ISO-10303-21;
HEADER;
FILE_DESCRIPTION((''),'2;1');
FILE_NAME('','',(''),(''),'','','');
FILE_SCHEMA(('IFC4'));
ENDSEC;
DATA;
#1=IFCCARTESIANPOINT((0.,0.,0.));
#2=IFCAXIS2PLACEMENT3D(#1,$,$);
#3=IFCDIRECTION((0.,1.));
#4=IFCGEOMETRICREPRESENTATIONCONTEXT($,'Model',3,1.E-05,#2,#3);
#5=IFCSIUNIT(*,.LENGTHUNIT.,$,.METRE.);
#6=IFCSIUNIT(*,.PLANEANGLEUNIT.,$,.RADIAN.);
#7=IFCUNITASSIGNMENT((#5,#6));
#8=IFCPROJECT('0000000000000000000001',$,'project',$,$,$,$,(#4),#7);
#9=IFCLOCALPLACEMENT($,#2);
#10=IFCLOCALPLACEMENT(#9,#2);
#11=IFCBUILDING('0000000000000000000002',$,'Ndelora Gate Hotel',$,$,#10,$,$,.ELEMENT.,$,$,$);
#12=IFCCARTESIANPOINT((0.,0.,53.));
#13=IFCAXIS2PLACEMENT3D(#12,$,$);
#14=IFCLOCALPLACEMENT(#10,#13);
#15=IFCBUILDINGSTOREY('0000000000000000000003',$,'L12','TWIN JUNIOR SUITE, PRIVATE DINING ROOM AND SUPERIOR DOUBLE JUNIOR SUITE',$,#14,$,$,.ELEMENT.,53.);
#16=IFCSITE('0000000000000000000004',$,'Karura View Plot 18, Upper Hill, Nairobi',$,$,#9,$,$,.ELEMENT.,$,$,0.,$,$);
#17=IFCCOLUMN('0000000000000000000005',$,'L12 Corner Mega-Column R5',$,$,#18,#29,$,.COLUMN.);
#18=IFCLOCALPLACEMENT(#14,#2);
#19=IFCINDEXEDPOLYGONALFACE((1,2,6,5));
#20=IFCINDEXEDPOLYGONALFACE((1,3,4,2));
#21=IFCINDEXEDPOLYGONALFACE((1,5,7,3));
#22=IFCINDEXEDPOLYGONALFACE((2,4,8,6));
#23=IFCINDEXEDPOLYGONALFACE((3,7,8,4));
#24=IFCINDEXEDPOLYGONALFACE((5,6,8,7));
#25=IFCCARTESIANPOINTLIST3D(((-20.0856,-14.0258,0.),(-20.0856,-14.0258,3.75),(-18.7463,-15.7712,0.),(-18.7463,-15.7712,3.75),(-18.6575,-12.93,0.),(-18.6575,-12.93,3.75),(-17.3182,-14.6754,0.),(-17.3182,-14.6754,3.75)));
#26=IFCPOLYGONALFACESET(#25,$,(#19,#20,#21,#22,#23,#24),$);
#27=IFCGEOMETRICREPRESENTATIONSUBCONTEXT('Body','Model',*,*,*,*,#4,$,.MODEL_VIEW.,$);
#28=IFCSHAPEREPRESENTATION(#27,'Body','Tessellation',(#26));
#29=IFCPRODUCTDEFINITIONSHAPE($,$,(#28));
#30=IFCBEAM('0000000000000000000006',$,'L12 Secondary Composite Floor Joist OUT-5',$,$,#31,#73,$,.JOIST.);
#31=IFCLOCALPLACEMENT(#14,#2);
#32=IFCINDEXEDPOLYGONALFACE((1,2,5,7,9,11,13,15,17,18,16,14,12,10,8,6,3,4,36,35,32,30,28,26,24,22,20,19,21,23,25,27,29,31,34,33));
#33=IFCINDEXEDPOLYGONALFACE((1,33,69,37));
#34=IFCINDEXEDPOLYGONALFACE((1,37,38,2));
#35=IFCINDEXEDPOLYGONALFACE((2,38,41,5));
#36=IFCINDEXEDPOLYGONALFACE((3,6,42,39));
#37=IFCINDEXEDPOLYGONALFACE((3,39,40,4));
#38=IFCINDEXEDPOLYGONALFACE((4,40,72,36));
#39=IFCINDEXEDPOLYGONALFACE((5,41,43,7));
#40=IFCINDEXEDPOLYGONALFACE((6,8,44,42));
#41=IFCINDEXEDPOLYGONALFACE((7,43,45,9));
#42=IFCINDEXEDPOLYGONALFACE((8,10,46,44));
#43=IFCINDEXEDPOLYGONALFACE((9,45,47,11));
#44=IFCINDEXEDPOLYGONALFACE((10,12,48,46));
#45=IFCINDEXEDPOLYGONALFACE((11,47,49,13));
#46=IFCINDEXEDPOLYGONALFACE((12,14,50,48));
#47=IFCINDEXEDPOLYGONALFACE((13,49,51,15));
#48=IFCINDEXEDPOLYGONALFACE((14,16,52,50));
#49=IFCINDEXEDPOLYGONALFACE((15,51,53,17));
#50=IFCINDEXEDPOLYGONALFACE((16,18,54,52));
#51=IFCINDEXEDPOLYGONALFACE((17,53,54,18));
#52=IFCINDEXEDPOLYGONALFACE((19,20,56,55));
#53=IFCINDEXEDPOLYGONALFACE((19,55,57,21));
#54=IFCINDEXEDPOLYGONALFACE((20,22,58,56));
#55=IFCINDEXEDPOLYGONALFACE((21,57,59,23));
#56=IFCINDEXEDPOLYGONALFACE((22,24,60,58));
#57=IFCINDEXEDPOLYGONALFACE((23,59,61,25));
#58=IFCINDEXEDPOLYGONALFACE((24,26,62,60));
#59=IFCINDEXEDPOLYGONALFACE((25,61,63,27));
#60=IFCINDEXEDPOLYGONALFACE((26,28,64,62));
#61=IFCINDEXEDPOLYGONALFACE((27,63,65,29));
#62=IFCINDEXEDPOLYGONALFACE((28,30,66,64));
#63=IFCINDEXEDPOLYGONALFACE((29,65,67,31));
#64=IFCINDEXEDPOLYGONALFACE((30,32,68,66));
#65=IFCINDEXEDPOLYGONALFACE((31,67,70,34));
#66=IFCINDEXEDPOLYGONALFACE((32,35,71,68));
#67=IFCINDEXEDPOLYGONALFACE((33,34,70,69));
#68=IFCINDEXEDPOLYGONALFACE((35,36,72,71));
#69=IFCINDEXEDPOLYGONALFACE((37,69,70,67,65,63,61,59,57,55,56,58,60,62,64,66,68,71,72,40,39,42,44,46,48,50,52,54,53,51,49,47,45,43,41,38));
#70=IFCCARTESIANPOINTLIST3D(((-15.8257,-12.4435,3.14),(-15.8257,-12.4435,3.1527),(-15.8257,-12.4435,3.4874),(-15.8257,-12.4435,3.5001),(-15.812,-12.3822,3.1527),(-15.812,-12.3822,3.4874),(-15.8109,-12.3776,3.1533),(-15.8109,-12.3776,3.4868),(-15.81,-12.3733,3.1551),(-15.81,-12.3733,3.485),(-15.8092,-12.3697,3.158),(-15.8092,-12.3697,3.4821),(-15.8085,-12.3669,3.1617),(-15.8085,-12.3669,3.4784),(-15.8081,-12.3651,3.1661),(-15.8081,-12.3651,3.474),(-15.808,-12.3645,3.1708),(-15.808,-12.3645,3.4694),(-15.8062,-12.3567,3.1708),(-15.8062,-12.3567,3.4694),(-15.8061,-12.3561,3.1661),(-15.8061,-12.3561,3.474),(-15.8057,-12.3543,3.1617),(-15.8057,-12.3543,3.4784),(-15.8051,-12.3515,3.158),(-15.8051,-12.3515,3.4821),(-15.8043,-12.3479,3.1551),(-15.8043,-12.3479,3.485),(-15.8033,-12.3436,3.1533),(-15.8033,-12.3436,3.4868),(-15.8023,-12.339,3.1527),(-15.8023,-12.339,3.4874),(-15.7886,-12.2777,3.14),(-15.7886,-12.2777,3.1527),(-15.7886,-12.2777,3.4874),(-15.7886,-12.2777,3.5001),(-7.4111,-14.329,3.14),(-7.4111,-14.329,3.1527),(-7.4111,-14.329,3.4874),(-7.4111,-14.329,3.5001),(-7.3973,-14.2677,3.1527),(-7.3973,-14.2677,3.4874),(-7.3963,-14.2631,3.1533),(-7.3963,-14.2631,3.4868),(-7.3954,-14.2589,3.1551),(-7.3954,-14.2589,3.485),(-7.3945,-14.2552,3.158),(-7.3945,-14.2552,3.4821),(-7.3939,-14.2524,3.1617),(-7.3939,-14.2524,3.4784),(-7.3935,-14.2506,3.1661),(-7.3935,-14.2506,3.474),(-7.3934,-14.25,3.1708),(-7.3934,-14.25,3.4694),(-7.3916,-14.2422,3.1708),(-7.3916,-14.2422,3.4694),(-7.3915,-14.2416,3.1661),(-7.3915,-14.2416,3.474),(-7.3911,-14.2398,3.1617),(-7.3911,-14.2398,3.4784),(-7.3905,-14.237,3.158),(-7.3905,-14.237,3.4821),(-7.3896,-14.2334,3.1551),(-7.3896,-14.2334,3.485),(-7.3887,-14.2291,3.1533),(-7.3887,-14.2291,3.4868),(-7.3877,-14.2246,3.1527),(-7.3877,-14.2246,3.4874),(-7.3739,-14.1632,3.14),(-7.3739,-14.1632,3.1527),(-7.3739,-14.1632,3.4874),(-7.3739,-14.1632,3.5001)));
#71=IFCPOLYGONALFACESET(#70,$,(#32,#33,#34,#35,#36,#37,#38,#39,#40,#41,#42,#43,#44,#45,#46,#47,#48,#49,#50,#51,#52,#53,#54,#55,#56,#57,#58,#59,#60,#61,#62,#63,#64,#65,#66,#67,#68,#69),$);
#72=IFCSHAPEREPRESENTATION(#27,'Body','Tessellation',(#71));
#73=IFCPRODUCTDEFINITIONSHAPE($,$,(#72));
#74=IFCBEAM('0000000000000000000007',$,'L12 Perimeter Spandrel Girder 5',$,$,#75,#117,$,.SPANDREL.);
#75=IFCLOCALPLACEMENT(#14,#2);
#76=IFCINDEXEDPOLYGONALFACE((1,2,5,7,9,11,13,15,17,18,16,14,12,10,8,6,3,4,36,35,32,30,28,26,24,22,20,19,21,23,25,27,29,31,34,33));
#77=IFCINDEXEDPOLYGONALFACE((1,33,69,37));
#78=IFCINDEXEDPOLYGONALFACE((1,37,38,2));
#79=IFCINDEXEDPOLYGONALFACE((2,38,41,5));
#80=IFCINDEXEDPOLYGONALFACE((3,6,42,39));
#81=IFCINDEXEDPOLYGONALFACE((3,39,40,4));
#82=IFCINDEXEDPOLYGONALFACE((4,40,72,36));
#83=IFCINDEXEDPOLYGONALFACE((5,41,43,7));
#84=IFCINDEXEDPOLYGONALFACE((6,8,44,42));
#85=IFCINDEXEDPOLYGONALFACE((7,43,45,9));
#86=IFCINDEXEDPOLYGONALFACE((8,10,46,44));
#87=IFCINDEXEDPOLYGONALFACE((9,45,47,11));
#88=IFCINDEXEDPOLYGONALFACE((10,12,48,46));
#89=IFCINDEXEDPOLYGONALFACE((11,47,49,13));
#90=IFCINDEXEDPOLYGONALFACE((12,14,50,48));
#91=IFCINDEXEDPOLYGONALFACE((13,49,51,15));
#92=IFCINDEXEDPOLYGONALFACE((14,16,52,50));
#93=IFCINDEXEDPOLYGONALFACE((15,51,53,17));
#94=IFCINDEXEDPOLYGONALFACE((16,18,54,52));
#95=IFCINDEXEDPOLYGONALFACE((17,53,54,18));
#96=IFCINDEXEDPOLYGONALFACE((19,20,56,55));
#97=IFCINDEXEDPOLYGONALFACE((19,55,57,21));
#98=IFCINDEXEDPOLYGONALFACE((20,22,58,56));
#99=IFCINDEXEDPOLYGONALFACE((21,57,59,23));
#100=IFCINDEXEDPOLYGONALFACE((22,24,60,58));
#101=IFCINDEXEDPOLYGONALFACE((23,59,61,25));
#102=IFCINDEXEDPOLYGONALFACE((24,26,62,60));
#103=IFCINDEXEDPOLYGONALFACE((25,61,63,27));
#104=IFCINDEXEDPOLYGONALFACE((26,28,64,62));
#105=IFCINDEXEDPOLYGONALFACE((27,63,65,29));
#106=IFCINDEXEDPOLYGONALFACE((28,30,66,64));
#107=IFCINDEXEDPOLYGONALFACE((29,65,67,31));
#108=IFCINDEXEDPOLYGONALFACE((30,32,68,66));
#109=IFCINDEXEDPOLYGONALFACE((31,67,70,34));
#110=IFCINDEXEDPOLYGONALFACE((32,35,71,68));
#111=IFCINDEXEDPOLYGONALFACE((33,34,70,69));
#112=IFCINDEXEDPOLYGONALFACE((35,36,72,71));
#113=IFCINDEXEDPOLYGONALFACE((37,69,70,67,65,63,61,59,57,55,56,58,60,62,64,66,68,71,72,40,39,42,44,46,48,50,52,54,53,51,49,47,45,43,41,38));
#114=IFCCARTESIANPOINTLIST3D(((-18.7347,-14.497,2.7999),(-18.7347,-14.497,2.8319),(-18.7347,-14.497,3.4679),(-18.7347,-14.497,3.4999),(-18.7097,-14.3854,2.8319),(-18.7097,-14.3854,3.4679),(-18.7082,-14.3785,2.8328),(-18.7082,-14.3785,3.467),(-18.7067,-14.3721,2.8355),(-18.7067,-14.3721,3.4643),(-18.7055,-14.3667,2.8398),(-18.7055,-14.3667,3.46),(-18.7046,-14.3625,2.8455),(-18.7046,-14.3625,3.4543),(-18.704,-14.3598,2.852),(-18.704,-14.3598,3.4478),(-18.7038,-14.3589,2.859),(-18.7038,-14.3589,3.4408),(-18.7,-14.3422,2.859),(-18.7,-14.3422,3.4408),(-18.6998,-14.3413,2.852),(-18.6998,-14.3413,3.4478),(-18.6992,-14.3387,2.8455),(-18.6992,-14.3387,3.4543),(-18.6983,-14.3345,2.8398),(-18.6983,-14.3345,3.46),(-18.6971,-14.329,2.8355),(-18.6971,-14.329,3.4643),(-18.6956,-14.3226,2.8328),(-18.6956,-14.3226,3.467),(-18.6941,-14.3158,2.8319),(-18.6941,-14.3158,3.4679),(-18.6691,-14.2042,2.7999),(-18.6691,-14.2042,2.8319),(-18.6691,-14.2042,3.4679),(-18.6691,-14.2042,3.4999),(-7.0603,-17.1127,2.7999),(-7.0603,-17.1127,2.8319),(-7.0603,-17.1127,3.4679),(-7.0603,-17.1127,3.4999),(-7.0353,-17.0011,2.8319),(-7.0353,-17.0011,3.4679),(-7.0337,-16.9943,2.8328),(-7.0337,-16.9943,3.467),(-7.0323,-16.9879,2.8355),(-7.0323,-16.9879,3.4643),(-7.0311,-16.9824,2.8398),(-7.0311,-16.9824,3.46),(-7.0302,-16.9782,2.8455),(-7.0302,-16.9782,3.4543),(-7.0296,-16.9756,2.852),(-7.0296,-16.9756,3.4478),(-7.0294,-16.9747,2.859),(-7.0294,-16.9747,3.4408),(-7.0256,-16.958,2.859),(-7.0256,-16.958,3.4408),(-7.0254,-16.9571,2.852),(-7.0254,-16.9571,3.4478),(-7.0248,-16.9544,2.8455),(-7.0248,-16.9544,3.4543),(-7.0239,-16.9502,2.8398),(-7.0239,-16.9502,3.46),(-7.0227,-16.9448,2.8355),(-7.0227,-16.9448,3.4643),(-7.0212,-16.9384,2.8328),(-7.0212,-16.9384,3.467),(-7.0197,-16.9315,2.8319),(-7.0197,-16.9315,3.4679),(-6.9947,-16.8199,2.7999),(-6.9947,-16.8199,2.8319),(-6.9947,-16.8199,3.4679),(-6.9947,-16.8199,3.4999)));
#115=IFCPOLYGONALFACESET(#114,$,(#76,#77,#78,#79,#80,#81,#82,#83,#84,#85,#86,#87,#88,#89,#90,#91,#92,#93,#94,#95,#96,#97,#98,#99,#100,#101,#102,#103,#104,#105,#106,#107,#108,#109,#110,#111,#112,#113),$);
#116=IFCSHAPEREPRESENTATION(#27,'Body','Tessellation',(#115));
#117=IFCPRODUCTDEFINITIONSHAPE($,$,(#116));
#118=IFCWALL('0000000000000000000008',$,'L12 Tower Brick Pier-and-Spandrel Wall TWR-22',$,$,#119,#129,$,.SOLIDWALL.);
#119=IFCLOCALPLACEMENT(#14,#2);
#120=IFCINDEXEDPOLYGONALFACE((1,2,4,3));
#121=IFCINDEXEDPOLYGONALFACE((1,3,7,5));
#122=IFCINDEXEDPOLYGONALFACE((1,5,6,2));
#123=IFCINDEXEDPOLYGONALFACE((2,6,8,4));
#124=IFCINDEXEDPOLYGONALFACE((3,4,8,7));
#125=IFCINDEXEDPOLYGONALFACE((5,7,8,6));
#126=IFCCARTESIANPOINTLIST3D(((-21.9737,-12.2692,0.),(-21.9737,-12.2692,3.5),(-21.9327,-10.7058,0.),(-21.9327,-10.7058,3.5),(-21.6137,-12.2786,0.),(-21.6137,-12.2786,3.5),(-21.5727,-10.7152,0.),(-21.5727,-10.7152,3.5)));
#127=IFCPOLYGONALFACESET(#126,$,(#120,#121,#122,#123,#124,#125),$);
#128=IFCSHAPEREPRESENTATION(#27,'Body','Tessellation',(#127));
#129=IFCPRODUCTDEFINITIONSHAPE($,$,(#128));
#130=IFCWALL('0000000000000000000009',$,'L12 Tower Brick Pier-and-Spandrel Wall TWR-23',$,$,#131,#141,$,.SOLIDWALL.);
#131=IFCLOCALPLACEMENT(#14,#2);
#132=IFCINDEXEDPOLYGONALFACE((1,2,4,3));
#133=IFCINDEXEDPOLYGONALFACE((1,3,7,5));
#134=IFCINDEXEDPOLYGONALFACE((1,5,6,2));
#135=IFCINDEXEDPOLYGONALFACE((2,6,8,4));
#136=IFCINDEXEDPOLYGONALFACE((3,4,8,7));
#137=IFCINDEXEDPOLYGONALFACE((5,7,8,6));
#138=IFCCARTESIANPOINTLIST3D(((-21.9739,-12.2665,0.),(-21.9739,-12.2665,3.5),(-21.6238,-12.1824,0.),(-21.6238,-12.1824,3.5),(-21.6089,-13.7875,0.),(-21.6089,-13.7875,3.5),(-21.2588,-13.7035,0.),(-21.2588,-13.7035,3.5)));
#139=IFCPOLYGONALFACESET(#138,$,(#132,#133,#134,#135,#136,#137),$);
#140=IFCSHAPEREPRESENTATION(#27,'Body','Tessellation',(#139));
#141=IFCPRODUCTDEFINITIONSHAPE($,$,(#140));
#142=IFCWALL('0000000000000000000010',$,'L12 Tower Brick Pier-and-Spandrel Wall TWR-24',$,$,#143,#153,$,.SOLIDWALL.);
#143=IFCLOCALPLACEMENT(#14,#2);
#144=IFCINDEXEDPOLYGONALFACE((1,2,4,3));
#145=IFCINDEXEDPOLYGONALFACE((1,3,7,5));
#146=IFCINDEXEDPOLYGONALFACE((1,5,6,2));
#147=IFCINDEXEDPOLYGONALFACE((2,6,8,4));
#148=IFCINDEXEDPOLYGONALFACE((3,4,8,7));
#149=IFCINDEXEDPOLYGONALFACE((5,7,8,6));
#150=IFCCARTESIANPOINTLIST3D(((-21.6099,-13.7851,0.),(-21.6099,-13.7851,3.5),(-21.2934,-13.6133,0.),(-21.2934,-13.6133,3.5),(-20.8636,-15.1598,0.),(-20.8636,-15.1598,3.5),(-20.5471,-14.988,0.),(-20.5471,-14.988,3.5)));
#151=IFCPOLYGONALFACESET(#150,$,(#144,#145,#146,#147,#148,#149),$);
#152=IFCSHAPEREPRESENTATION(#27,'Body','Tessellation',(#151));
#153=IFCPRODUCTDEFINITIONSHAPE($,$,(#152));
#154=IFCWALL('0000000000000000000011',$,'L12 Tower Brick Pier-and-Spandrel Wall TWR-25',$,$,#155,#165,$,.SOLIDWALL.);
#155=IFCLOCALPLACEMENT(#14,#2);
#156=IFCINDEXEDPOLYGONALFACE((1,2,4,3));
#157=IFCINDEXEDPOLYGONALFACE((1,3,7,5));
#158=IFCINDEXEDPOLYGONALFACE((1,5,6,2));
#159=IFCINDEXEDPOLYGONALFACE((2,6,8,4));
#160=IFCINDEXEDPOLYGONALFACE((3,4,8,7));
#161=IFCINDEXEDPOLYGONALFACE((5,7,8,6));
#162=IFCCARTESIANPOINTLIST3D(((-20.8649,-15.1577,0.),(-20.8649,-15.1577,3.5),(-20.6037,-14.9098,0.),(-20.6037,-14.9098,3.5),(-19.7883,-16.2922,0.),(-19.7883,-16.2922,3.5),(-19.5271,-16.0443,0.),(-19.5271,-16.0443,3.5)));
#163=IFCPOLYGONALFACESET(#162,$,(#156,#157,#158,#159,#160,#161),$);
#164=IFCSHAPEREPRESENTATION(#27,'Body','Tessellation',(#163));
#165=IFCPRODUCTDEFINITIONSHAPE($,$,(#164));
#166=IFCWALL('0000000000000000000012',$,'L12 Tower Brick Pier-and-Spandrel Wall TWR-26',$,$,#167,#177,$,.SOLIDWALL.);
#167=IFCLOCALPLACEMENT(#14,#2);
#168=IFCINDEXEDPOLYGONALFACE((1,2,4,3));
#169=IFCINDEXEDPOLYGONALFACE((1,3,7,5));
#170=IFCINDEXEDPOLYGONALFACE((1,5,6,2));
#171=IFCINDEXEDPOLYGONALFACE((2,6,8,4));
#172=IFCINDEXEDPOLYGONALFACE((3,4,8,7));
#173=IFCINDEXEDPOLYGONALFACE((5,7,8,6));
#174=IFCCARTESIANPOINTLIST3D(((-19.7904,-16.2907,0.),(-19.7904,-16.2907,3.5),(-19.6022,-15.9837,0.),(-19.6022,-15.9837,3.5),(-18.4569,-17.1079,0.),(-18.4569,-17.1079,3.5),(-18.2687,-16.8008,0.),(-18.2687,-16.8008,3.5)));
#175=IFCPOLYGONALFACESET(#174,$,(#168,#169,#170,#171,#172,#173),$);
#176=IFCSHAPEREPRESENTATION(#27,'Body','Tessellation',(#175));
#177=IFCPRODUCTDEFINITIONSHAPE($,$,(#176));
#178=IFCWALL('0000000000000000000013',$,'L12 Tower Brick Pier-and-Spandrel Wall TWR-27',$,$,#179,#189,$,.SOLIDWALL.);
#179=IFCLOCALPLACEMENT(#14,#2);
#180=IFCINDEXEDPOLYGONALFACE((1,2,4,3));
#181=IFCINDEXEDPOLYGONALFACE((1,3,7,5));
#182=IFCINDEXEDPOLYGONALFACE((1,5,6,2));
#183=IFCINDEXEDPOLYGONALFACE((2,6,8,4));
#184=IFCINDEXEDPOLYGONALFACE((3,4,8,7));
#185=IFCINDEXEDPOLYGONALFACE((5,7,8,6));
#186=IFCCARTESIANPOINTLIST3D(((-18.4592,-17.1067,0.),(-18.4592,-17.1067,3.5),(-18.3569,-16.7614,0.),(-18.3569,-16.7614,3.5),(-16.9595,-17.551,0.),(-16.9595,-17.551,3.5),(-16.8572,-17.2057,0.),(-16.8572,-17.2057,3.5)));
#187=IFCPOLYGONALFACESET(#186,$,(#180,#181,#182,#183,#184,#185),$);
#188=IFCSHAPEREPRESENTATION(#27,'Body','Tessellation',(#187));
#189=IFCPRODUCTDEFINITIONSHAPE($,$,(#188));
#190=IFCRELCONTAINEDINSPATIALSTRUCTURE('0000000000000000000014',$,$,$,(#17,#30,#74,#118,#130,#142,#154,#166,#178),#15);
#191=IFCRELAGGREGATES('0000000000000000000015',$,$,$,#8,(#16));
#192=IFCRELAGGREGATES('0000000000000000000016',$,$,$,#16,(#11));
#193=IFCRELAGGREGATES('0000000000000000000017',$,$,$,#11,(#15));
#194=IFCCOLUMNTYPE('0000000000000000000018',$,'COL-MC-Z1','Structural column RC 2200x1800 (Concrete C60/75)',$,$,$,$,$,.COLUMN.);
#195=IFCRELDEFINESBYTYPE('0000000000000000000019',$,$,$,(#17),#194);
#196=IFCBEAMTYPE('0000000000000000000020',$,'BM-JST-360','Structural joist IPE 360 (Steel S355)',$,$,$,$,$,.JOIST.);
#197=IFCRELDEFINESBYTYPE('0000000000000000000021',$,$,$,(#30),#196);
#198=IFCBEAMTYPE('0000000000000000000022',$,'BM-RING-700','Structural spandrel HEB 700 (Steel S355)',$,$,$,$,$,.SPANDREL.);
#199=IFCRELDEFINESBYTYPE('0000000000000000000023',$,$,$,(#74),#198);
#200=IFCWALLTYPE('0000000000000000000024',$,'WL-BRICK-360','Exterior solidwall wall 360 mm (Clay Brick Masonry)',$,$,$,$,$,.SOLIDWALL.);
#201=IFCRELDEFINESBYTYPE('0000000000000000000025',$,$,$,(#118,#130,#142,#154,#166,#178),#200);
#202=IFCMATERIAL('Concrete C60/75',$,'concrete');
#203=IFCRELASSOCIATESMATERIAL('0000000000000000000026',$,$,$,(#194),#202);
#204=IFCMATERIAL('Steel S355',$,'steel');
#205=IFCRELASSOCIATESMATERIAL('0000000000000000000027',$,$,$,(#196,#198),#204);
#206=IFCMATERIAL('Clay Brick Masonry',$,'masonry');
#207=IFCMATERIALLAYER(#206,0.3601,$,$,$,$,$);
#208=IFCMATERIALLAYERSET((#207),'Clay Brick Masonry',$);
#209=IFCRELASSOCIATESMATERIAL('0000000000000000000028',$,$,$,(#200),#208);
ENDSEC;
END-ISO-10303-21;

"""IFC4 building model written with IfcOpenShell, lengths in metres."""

from ifc_helpers import new_model, si_unit, direction, frame, frame_2d, origin, origin_2d, place, context, subcontext, project, spatial, rectangle, i_section, extrude, material, layer, layer_set, material_profile, profile_set, type_object, element, save


model = new_model("IFC4")

# Units and contexts
model_context = context("Model", 3, precision=1e-05, world=origin(), true_north=direction((0.0, 1.0)))
body_context = subcontext(model_context, "Body", "Model", "MODEL_VIEW")
ifc_project = project(units=[si_unit("LENGTHUNIT", "METRE"), si_unit("PLANEANGLEUNIT", "RADIAN")], contexts=[model_context])

# Site, building, storey
site_placement = place(None, origin())
site = spatial("IfcSite", under=ifc_project, at=site_placement, Name="Karura View Plot 18, Upper Hill, Nairobi", CompositionType="ELEMENT", RefElevation=0.0)
building_placement = place(site_placement, origin())
building = spatial("IfcBuilding", under=site, at=building_placement, Name="Ndelora Gate Hotel", CompositionType="ELEMENT")
storey_placement = place(building_placement, frame((0.0, 0.0, 53.0)))
storey = spatial("IfcBuildingStorey", under=building, at=storey_placement, Name="L12", Description="TWIN JUNIOR SUITE, PRIVATE DINING ROOM AND SUPERIOR DOUBLE JUNIOR SUITE", CompositionType="ELEMENT", Elevation=53.0)

# Column
ifc_material_1 = material(Name="Concrete C60/75", Category="concrete")
ifc_material_profile_1 = material_profile(ifc_material_1, rectangle(XDim=1.8, YDim=2.2, at=origin_2d()), Name="RC 2200x1800")
ifc_profile_set_1 = profile_set([ifc_material_profile_1], Name="Concrete C60/75")
column_type = type_object("IfcColumnType", Name="COL-MC-Z1", Description="Structural column RC 2200x1800 (Concrete C60/75)", PredefinedType="COLUMN", material=ifc_profile_set_1)
column_placement = place(storey_placement, frame((-18.7019, -14.3506, 0.0), z_axis=(0.0, 0.0, 1.0), x_axis=(0.793353, 0.608761, 0.0)))
element("IfcColumn", 1, at=column_placement, inside=storey, type_object=column_type, Name="L12 Corner Mega-Column R5", PredefinedType="COLUMN", context=body_context, shape_type="SweptSolid", body=[
    extrude(rectangle(XDim=1.8, YDim=2.2, at=origin_2d()), origin(), (0.0, 0.0, 1.0), 3.75),
])

# Beams
ifc_material_2 = material(Name="Steel S355", Category="steel")
ifc_material_profile_2 = material_profile(ifc_material_2, i_section(OverallWidth=0.1699, OverallDepth=0.3601, WebThickness=0.0081, FlangeThickness=0.0127, FilletRadius=0.0181, at=origin_2d()), Name="IPE 360")
ifc_profile_set_2 = profile_set([ifc_material_profile_2], Name="Steel S355")
beam_type_1 = type_object("IfcBeamType", Name="BM-JST-360", Description="Structural joist IPE 360 (Steel S355)", PredefinedType="JOIST", material=ifc_profile_set_2)
beam_1_placement = place(storey_placement, frame((-15.8071, -12.3606, 3.3201), z_axis=(0.975802, -0.218654, 0.0), x_axis=(0.218654, 0.975802, 0.0)))
element("IfcBeam", 2, at=beam_1_placement, inside=storey, type_object=beam_type_1, Name="L12 Secondary Composite Floor Joist OUT-5", PredefinedType="JOIST", context=body_context, shape_type="SweptSolid", body=[
    extrude(i_section(OverallWidth=0.1699, OverallDepth=0.3601, WebThickness=0.0081, FlangeThickness=0.0127, FilletRadius=0.0181, at=origin_2d()), origin(), (0.0, 0.0, 1.0), 8.6233),
])
ifc_material_profile_3 = material_profile(ifc_material_2, i_section(OverallWidth=0.3, OverallDepth=0.7, WebThickness=0.0171, FlangeThickness=0.032, FilletRadius=0.0271, at=origin_2d()), Name="HEB 700")
ifc_profile_set_3 = profile_set([ifc_material_profile_3], Name="Steel S355")
beam_type_2 = type_object("IfcBeamType", Name="BM-RING-700", Description="Structural spandrel HEB 700 (Steel S355)", PredefinedType="SPANDREL", material=ifc_profile_set_3)
beam_2_placement = place(storey_placement, frame((-18.7019, -14.3506, 3.1499), z_axis=(0.975806, -0.218637, 0.0), x_axis=(0.218637, 0.975806, 0.0)))
element("IfcBeam", 3, at=beam_2_placement, inside=storey, type_object=beam_type_2, Name="L12 Perimeter Spandrel Girder 5", PredefinedType="SPANDREL", context=body_context, shape_type="SweptSolid", body=[
    extrude(i_section(OverallWidth=0.3, OverallDepth=0.7, WebThickness=0.0171, FlangeThickness=0.032, FilletRadius=0.0271, at=origin_2d()), origin(), (0.0, 0.0, 1.0), 11.9639),
])

# Walls
ifc_material_3 = material(Name="Clay Brick Masonry", Category="masonry")
ifc_layer_1 = layer(ifc_material_3, 0.3601)
ifc_layer_set_1 = layer_set([ifc_layer_1], Name="Clay Brick Masonry")
wall_type_1 = type_object("IfcWallType", Name="WL-BRICK-360", Description="Exterior solidwall wall 360 mm (Clay Brick Masonry)", PredefinedType="SOLIDWALL", material=ifc_layer_set_1)
wall_1_placement = place(storey_placement, frame((-21.7937, -12.2739, 0.0), z_axis=(0.0, 0.0, 1.0), x_axis=(0.026225, 0.999656, 0.0)))
element("IfcWall", 4, at=wall_1_placement, inside=storey, type_object=wall_type_1, Name="L12 Tower Brick Pier-and-Spandrel Wall TWR-22", PredefinedType="SOLIDWALL", context=body_context, shape_type="SweptSolid", body=[
    extrude(rectangle(XDim=1.564, YDim=0.3601, at=frame_2d((0.782, 0.0))), origin(), (0.0, 0.0, 1.0), 3.5),
])
for number, where, z_axis, x_axis, name in (
    (5, (-21.4338, -13.7456, 0.0), (0.0, 0.0, 1.0), (-0.233343, 0.972394, 0.0), "L12 Tower Brick Pier-and-Spandrel Wall TWR-23"),
    (6, (-20.7053, -15.074, 0.0), (0.0, 0.0, 1.0), (-0.477113, 0.878842, 0.0), "L12 Tower Brick Pier-and-Spandrel Wall TWR-24"),
):
    element("IfcWall", number, at=place(storey_placement, frame(where, z_axis=z_axis, x_axis=x_axis)), inside=storey, type_object=wall_type_1, Name=name, PredefinedType="SOLIDWALL", context=body_context, shape_type="SweptSolid", body=[
        extrude(rectangle(XDim=1.5642, YDim=0.3601, at=frame_2d((0.7822, 0.0))), origin(), (0.0, 0.0, 1.0), 3.5),
    ])
for number, where, z_axis, x_axis, name in (
    (7, (-19.6577, -16.1682, 0.0), (0.0, 0.0, 1.0), (-0.688368, 0.725362, 0.0), "L12 Tower Brick Pier-and-Spandrel Wall TWR-25"),
    (8, (-18.3628, -16.9543, 0.0), (0.0, 0.0, 1.0), (-0.852648, 0.522485, 0.0), "L12 Tower Brick Pier-and-Spandrel Wall TWR-26"),
):
    element("IfcWall", number, at=place(storey_placement, frame(where, z_axis=z_axis, x_axis=x_axis)), inside=storey, type_object=wall_type_1, Name=name, PredefinedType="SOLIDWALL", context=body_context, shape_type="SweptSolid", body=[
        extrude(rectangle(XDim=1.564, YDim=0.3601, at=frame_2d((0.782, 0.0))), origin(), (0.0, 0.0, 1.0), 3.5),
    ])
for number, where, z_axis, x_axis, name in (
    (9, (-16.9082, -17.3784, 0.0), (0.0, 0.0, 1.0), (-0.958804, 0.284067, 0.0), "L12 Tower Brick Pier-and-Spandrel Wall TWR-27"),
):
    element("IfcWall", number, at=place(storey_placement, frame(where, z_axis=z_axis, x_axis=x_axis)), inside=storey, type_object=wall_type_1, Name=name, PredefinedType="SOLIDWALL", context=body_context, shape_type="SweptSolid", body=[
        extrude(rectangle(XDim=1.5642, YDim=0.3601, at=frame_2d((0.7822, 0.0))), origin(), (0.0, 0.0, 1.0), 3.5),
    ])

save(model, "model.ifc")
